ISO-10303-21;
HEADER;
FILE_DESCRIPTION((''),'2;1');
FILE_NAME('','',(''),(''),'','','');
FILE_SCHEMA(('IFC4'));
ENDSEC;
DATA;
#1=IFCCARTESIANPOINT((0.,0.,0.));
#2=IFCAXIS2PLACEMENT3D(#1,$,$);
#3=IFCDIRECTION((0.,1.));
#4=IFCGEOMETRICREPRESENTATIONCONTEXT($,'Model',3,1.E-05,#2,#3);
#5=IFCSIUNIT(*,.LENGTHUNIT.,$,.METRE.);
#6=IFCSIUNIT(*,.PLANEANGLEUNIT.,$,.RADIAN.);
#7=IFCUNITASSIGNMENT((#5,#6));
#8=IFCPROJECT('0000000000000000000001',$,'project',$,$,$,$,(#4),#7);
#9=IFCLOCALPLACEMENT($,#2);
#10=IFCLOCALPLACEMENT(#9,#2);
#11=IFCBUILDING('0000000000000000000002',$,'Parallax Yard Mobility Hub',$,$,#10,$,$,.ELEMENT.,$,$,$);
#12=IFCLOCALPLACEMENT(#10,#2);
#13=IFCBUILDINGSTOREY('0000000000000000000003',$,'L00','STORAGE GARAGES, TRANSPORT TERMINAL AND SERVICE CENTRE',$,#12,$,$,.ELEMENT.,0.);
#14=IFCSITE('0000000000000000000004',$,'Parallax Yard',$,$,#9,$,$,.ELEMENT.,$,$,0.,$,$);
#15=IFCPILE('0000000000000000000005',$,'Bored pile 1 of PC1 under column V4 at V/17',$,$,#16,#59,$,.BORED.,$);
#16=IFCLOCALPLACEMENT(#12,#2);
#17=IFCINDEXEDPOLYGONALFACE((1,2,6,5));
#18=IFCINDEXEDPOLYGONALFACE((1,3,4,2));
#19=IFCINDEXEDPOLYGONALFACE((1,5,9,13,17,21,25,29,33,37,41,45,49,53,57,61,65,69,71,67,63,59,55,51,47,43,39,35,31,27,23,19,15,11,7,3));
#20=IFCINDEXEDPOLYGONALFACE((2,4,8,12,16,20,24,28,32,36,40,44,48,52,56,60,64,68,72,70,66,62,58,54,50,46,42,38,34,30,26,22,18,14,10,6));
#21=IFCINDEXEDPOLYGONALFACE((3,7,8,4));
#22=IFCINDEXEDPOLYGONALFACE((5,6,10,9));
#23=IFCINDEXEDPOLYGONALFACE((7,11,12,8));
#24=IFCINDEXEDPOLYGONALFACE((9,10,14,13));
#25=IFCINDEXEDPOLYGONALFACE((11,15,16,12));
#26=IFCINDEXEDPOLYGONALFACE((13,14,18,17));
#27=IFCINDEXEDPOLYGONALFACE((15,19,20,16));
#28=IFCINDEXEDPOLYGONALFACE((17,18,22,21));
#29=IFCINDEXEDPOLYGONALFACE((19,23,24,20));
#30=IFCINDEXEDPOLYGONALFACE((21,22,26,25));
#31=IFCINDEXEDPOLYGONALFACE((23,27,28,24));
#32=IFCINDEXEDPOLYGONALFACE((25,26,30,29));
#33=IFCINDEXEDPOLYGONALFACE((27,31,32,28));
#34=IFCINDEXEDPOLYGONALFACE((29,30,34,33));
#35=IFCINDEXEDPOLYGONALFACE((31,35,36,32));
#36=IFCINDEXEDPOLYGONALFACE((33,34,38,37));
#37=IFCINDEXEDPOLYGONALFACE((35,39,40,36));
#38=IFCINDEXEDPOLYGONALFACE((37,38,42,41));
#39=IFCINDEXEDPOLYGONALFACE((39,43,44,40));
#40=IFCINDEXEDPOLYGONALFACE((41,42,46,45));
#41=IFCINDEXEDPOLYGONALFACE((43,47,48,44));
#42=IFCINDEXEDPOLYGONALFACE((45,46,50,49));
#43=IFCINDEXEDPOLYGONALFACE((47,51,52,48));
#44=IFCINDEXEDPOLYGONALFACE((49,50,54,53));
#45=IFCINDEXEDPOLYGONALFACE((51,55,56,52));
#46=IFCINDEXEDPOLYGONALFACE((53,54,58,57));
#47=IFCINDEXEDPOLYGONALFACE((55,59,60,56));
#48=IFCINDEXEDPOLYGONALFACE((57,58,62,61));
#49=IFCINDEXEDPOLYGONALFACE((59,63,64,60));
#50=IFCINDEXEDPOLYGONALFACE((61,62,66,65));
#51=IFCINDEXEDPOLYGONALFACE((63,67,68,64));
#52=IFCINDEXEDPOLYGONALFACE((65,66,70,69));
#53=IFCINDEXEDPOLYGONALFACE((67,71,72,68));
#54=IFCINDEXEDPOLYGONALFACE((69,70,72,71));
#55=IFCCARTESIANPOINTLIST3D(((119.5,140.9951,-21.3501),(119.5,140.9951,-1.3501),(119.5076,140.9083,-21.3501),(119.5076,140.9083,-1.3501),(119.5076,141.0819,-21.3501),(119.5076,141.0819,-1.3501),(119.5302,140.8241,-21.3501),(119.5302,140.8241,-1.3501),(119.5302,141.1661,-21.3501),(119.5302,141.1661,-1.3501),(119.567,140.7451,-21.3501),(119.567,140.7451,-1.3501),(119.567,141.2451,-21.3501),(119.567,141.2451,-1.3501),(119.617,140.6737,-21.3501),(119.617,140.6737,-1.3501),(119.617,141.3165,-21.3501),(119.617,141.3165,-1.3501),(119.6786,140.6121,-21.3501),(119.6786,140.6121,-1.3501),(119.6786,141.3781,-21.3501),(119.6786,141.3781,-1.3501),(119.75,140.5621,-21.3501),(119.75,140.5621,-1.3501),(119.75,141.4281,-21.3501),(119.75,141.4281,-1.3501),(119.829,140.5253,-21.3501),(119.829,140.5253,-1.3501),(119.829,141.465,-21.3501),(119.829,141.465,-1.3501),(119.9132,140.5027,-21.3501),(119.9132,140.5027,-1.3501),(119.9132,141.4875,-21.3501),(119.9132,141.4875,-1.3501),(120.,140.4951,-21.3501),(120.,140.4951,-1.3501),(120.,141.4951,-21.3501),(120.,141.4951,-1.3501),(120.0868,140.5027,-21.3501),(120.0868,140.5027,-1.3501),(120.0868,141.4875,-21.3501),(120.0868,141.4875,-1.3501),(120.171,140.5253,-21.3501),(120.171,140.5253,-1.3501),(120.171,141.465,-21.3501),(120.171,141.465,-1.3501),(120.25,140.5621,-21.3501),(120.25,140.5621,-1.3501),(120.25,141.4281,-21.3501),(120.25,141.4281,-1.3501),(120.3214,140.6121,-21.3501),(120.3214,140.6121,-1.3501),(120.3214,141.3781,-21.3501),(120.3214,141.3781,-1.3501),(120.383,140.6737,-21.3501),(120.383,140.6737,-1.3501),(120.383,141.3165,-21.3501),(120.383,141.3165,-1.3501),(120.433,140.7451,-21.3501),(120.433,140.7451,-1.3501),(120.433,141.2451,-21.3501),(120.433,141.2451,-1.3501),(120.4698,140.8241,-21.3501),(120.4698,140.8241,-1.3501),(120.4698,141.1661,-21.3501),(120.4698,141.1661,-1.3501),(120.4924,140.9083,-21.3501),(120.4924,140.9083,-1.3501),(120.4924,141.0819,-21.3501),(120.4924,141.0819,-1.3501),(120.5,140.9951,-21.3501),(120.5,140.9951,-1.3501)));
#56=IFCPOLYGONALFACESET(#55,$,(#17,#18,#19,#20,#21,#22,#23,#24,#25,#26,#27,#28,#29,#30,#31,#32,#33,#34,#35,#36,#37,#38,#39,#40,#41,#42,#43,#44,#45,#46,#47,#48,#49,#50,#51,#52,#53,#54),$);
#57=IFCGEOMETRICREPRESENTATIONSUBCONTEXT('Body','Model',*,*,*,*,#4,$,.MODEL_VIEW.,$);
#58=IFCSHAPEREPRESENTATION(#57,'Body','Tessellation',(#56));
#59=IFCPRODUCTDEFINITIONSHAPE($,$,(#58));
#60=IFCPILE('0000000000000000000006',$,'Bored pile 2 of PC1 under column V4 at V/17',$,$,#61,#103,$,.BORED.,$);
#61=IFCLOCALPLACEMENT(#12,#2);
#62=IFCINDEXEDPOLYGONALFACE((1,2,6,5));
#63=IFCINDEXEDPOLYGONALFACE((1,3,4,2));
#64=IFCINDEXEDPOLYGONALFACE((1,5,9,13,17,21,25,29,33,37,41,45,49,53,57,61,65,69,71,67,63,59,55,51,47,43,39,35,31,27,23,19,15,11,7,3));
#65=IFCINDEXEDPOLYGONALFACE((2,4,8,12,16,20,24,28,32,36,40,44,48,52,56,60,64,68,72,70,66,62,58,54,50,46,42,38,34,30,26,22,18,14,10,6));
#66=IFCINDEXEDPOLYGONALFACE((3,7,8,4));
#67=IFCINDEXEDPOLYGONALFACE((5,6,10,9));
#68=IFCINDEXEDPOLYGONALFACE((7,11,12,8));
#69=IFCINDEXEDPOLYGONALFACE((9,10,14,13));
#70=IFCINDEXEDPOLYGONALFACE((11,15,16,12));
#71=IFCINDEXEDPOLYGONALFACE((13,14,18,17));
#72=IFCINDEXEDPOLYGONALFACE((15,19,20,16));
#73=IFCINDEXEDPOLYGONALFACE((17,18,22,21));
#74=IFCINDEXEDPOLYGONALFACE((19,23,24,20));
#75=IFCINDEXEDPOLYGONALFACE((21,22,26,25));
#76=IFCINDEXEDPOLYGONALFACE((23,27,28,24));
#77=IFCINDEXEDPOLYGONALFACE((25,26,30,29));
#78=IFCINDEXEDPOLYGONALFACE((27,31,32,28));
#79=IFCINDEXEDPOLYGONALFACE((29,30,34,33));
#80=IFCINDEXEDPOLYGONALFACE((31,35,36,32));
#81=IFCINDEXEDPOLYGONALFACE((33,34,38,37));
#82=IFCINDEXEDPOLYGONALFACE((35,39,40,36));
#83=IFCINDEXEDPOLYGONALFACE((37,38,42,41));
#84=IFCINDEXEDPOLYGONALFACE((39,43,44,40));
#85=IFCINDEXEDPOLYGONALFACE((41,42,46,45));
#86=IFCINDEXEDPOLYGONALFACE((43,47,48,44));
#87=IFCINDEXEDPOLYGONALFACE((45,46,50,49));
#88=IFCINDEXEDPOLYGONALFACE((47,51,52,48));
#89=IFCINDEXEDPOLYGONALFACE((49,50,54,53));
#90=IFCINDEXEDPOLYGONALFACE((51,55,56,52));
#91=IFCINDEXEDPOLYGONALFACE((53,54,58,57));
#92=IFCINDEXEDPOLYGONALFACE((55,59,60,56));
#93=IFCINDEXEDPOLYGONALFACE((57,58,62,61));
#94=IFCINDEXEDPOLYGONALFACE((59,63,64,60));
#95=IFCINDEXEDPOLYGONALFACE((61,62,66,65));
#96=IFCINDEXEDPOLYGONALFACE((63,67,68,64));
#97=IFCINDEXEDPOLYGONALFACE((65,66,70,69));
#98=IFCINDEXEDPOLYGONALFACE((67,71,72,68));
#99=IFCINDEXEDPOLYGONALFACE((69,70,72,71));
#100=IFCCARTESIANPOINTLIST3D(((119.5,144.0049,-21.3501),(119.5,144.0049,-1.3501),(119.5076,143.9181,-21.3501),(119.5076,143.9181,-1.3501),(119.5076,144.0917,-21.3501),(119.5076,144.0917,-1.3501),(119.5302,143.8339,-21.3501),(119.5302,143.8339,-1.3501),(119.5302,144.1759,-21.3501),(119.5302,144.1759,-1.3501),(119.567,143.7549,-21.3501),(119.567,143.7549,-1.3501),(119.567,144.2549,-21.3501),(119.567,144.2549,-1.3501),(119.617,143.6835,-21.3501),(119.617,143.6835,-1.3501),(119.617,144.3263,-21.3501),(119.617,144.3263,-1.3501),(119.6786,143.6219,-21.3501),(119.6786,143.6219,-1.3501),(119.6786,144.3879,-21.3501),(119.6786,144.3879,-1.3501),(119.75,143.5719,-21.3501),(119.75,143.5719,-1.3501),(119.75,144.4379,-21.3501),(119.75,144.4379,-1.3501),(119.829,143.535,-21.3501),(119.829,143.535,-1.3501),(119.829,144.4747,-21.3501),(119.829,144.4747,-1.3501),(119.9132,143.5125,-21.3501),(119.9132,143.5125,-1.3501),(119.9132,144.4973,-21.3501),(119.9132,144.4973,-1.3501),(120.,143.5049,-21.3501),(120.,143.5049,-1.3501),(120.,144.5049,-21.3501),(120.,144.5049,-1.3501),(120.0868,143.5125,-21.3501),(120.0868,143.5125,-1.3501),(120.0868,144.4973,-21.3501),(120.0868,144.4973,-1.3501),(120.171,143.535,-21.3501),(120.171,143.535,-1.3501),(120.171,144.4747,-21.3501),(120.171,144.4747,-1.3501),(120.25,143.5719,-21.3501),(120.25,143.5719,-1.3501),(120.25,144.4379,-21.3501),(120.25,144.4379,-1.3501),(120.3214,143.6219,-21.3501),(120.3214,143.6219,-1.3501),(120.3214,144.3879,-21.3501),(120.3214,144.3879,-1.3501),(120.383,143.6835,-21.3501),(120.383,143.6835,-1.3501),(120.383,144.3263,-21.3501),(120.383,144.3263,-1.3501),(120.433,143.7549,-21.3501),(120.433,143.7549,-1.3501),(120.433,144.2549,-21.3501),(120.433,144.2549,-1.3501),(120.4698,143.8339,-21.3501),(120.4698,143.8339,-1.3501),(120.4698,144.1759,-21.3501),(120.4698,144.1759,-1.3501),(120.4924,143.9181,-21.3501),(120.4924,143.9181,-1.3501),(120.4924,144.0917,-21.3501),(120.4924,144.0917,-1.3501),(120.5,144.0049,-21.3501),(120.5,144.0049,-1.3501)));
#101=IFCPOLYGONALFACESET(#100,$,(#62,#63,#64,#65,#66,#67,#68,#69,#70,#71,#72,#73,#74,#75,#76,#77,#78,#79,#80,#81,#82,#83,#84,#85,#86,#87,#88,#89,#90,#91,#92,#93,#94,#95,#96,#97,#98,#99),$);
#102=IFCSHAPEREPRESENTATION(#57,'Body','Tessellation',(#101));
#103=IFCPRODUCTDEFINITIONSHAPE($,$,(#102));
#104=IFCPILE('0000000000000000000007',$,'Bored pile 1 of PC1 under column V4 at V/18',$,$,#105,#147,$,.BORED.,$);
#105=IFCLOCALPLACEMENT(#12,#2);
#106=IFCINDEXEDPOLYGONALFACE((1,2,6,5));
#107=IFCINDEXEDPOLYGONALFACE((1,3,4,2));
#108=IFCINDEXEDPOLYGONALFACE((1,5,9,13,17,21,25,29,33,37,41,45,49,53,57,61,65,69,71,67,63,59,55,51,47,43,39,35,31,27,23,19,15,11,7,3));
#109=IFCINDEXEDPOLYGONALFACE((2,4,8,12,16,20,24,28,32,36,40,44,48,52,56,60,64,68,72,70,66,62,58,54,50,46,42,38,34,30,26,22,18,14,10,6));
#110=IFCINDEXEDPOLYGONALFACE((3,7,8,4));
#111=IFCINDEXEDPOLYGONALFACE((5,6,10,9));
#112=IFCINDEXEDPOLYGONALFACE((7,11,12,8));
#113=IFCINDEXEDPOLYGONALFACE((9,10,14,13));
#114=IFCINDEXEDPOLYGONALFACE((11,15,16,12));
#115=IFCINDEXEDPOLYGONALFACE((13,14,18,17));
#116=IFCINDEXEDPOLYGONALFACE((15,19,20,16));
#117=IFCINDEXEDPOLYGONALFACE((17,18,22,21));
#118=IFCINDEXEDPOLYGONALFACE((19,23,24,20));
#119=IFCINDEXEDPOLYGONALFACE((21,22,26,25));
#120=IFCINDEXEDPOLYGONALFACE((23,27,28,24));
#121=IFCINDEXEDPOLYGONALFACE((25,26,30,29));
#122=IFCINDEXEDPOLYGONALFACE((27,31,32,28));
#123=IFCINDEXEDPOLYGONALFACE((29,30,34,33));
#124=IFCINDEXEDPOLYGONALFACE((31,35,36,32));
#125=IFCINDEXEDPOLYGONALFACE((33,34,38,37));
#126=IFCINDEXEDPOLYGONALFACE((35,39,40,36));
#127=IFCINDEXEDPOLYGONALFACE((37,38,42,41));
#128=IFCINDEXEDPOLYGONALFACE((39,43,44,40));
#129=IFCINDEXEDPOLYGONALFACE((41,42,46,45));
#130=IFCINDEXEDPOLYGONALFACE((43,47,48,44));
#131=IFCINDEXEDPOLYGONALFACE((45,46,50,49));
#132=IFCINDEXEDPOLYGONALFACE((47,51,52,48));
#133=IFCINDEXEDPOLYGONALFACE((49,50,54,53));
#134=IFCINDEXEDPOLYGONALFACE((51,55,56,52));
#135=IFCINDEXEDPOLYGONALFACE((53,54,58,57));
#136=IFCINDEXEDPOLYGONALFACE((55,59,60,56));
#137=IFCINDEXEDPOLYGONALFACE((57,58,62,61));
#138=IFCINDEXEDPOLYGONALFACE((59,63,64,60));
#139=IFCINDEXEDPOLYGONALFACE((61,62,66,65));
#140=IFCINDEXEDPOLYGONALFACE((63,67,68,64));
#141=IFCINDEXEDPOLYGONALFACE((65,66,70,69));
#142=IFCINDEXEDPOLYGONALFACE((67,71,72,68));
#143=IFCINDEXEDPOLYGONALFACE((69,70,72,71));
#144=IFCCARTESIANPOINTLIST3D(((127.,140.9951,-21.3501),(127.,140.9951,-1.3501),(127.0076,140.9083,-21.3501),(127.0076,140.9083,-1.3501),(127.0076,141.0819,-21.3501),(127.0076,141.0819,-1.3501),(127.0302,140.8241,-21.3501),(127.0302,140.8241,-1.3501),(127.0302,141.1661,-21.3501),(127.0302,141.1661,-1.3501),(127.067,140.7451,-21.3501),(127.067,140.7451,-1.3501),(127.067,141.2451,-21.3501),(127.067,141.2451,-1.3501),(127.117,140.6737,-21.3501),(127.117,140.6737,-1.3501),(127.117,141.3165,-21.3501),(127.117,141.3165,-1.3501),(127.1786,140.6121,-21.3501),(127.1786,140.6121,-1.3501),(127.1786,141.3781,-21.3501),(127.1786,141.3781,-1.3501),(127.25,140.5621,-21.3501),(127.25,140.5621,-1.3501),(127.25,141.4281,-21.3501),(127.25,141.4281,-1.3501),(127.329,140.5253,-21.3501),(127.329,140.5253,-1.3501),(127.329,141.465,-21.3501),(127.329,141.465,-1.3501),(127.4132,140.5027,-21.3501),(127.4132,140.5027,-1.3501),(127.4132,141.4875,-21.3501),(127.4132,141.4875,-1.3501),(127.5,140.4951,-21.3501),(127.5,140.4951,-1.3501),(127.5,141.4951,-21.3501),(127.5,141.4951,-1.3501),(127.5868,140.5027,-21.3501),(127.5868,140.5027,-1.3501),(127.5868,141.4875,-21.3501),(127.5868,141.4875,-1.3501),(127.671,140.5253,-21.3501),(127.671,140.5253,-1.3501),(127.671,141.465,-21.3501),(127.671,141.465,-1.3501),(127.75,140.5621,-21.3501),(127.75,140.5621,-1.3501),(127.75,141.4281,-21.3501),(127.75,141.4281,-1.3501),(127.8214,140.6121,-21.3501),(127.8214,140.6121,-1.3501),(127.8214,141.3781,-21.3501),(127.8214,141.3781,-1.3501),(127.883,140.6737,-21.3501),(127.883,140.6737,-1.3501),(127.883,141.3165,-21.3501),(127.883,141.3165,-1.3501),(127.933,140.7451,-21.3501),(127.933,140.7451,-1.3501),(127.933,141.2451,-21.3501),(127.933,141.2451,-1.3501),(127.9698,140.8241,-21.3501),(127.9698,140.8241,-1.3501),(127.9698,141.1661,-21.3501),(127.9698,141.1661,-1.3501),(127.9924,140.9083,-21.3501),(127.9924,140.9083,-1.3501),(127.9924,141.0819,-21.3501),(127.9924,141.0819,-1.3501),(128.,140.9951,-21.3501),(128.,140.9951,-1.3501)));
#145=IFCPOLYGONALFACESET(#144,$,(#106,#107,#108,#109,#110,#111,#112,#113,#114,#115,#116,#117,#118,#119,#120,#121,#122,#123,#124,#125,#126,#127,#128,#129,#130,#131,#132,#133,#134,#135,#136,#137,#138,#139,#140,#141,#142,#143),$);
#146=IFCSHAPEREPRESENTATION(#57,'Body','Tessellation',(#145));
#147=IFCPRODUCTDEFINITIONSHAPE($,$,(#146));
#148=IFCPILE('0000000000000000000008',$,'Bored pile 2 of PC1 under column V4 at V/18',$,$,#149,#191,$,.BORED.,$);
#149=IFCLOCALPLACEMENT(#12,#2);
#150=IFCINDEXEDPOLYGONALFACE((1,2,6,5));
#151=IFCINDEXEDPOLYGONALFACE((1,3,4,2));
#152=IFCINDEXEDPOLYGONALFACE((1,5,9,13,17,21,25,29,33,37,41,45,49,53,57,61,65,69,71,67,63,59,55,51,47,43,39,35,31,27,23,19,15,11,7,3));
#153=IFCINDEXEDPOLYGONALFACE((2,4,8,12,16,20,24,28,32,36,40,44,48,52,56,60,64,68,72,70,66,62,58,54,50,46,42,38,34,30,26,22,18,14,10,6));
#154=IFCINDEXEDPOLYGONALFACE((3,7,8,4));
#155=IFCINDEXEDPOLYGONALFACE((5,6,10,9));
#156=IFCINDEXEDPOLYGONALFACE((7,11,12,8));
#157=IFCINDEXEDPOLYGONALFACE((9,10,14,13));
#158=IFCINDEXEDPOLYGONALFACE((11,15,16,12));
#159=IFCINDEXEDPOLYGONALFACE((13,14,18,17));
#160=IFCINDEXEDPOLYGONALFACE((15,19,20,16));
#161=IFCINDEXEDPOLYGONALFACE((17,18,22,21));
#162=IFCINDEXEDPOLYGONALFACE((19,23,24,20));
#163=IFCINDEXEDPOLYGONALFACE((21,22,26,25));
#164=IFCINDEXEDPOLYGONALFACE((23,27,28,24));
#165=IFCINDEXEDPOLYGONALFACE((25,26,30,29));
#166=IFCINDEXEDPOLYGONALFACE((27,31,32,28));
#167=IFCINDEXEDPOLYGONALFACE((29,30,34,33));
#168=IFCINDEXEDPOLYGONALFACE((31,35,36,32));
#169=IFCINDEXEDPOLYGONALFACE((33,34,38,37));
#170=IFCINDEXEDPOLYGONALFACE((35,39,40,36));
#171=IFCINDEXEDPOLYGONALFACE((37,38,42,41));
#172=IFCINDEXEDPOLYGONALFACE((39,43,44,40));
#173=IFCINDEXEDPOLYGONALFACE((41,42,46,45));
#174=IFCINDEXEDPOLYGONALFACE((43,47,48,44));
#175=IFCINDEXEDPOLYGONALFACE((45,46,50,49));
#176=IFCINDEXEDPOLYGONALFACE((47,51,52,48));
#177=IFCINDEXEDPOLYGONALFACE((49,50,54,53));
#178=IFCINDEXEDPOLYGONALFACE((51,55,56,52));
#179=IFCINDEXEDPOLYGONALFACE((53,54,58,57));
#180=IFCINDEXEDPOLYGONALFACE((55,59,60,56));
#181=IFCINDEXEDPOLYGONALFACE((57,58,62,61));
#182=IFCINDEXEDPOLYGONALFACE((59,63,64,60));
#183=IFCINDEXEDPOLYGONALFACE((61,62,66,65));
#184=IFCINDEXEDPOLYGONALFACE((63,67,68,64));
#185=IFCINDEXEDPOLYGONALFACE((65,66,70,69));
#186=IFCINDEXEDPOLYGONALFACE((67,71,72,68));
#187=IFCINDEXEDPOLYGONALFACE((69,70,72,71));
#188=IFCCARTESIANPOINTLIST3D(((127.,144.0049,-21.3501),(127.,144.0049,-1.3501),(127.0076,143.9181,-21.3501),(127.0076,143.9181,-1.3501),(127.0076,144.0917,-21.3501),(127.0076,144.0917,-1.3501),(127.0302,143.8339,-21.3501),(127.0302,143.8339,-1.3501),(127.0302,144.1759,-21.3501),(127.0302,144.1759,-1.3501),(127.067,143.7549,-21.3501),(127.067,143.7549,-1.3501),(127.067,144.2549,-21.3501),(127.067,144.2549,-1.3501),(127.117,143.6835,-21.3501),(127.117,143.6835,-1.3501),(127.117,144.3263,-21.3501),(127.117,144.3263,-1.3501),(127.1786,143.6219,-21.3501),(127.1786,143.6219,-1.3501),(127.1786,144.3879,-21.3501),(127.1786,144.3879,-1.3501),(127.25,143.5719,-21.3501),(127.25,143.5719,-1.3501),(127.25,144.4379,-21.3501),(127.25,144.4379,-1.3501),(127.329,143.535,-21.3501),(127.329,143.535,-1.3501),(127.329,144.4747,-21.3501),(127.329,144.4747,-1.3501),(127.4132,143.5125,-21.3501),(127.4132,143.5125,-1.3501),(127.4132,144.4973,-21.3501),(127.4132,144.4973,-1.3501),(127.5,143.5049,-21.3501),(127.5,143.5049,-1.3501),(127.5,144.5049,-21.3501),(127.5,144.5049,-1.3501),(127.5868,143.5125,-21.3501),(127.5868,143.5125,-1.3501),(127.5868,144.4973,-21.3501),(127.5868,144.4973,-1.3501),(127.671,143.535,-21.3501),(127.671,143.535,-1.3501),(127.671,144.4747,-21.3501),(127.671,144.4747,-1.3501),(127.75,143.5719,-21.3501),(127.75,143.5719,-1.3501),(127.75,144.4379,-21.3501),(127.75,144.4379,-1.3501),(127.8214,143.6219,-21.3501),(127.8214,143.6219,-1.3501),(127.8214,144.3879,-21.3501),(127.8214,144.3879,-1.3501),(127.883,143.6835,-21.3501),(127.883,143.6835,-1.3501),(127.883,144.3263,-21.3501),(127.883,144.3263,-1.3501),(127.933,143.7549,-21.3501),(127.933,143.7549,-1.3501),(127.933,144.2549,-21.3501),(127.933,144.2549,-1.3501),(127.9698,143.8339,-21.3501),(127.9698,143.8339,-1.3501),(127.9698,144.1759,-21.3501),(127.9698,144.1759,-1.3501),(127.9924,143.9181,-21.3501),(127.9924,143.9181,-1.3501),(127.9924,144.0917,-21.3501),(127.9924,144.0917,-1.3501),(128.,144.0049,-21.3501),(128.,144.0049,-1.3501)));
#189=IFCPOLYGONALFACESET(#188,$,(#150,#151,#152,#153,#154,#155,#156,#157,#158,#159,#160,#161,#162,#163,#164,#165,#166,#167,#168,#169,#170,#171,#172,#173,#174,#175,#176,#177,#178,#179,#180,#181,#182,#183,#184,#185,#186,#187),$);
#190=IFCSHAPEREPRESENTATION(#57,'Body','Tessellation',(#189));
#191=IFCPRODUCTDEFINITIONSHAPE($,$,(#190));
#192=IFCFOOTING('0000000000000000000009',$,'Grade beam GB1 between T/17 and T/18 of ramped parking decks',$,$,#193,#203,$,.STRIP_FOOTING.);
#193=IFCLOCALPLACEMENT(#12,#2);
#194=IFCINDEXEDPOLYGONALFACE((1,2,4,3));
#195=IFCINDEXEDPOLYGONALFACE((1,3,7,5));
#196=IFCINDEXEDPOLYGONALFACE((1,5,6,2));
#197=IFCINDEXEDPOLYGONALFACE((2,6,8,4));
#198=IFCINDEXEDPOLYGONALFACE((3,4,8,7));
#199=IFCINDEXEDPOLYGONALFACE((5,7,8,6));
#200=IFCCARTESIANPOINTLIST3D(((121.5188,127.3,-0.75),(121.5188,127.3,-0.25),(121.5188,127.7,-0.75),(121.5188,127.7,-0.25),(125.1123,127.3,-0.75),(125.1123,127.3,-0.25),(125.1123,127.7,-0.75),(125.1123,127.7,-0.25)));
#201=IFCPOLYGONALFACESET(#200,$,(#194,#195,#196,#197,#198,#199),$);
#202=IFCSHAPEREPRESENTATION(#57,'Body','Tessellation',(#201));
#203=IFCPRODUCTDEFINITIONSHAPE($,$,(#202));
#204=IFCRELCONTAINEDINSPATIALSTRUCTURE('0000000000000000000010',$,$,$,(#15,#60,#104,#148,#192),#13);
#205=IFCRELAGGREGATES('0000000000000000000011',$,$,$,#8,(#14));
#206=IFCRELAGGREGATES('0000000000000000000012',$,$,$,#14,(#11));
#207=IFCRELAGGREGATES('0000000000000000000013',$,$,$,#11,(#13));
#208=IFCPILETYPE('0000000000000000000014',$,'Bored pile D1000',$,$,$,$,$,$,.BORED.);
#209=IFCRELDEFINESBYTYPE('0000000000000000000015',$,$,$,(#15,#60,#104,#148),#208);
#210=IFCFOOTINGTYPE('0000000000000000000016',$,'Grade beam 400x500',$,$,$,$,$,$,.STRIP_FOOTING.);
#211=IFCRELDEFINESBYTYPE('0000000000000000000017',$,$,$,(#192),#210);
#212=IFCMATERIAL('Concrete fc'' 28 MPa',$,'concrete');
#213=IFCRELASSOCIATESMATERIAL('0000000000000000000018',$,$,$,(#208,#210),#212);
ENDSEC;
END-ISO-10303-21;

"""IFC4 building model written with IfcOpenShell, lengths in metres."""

from ifc_helpers import new_model, si_unit, direction, frame, origin, origin_2d, place, context, subcontext, project, spatial, rectangle, circle, extrude, material, material_profile, profile_set, type_object, element, save


model = new_model("IFC4")

# Units and contexts
model_context = context("Model", 3, precision=1e-05, world=origin(), true_north=direction((0.0, 1.0)))
body_context = subcontext(model_context, "Body", "Model", "MODEL_VIEW")
ifc_project = project(units=[si_unit("LENGTHUNIT", "METRE"), si_unit("PLANEANGLEUNIT", "RADIAN")], contexts=[model_context])

# Site, building, storey
site_placement = place(None, origin())
site = spatial("IfcSite", under=ifc_project, at=site_placement, Name="Parallax Yard", CompositionType="ELEMENT", RefElevation=0.0)
building_placement = place(site_placement, origin())
building = spatial("IfcBuilding", under=site, at=building_placement, Name="Parallax Yard Mobility Hub", CompositionType="ELEMENT")
storey_placement = place(building_placement, origin())
storey = spatial("IfcBuildingStorey", under=building, at=storey_placement, Name="L00", Description="STORAGE GARAGES, TRANSPORT TERMINAL AND SERVICE CENTRE", CompositionType="ELEMENT", Elevation=0.0)

# Piles
ifc_material_1 = material(Name="Concrete fc' 28 MPa", Category="concrete")
ifc_material_profile_1 = material_profile(ifc_material_1, circle(Radius=0.5, at=origin_2d()), Name="Bored pile D1000")
ifc_profile_set_1 = profile_set([ifc_material_profile_1], Name="Concrete fc' 28 MPa")
pile_type = type_object("IfcPileType", Name="Bored pile D1000", PredefinedType="BORED", material=ifc_profile_set_1)
for number, where, z_axis, x_axis, name in (
    (1, (120.0, 140.9951, -1.3501), (0.0, 0.0, -1.0), (1.0, 0.0, 0.0), "Bored pile 1 of PC1 under column V4 at V/17"),
    (2, (120.0, 144.0049, -1.3501), (0.0, 0.0, -1.0), (1.0, 0.0, 0.0), "Bored pile 2 of PC1 under column V4 at V/17"),
    (3, (127.5, 140.9951, -1.3501), (0.0, 0.0, -1.0), (1.0, 0.0, 0.0), "Bored pile 1 of PC1 under column V4 at V/18"),
    (4, (127.5, 144.0049, -1.3501), (0.0, 0.0, -1.0), (1.0, 0.0, 0.0), "Bored pile 2 of PC1 under column V4 at V/18"),
):
    element("IfcPile", number, at=place(storey_placement, frame(where, z_axis=z_axis, x_axis=x_axis)), inside=storey, type_object=pile_type, Name=name, PredefinedType="BORED", context=body_context, shape_type="SweptSolid", body=[
        extrude(circle(Radius=0.5, at=origin_2d()), origin(), (0.0, 0.0, 1.0), 20.0),
    ])

# Footing
ifc_material_profile_2 = material_profile(ifc_material_1, rectangle(XDim=0.3999, YDim=0.5, at=origin_2d()), Name="Grade beam 400x500")
ifc_profile_set_2 = profile_set([ifc_material_profile_2], Name="Concrete fc' 28 MPa")
footing_type_1 = type_object("IfcFootingType", Name="Grade beam 400x500", PredefinedType="STRIP_FOOTING", material=ifc_profile_set_2)
for number, where, z_axis, x_axis, name in (
    (5, (121.5188, 127.5, -0.5), (1.0, 0.0, 0.0), (0.0, 1.0, 0.0), "Grade beam GB1 between T/17 and T/18 of ramped parking decks"),
):
    element("IfcFooting", number, at=place(storey_placement, frame(where, z_axis=z_axis, x_axis=x_axis)), inside=storey, type_object=footing_type_1, Name=name, PredefinedType="STRIP_FOOTING", context=body_context, shape_type="SweptSolid", body=[
        extrude(rectangle(XDim=0.3999, YDim=0.5, at=origin_2d()), origin(), (0.0, 0.0, 1.0), 3.5935),
    ])

save(model, "model.ifc")
